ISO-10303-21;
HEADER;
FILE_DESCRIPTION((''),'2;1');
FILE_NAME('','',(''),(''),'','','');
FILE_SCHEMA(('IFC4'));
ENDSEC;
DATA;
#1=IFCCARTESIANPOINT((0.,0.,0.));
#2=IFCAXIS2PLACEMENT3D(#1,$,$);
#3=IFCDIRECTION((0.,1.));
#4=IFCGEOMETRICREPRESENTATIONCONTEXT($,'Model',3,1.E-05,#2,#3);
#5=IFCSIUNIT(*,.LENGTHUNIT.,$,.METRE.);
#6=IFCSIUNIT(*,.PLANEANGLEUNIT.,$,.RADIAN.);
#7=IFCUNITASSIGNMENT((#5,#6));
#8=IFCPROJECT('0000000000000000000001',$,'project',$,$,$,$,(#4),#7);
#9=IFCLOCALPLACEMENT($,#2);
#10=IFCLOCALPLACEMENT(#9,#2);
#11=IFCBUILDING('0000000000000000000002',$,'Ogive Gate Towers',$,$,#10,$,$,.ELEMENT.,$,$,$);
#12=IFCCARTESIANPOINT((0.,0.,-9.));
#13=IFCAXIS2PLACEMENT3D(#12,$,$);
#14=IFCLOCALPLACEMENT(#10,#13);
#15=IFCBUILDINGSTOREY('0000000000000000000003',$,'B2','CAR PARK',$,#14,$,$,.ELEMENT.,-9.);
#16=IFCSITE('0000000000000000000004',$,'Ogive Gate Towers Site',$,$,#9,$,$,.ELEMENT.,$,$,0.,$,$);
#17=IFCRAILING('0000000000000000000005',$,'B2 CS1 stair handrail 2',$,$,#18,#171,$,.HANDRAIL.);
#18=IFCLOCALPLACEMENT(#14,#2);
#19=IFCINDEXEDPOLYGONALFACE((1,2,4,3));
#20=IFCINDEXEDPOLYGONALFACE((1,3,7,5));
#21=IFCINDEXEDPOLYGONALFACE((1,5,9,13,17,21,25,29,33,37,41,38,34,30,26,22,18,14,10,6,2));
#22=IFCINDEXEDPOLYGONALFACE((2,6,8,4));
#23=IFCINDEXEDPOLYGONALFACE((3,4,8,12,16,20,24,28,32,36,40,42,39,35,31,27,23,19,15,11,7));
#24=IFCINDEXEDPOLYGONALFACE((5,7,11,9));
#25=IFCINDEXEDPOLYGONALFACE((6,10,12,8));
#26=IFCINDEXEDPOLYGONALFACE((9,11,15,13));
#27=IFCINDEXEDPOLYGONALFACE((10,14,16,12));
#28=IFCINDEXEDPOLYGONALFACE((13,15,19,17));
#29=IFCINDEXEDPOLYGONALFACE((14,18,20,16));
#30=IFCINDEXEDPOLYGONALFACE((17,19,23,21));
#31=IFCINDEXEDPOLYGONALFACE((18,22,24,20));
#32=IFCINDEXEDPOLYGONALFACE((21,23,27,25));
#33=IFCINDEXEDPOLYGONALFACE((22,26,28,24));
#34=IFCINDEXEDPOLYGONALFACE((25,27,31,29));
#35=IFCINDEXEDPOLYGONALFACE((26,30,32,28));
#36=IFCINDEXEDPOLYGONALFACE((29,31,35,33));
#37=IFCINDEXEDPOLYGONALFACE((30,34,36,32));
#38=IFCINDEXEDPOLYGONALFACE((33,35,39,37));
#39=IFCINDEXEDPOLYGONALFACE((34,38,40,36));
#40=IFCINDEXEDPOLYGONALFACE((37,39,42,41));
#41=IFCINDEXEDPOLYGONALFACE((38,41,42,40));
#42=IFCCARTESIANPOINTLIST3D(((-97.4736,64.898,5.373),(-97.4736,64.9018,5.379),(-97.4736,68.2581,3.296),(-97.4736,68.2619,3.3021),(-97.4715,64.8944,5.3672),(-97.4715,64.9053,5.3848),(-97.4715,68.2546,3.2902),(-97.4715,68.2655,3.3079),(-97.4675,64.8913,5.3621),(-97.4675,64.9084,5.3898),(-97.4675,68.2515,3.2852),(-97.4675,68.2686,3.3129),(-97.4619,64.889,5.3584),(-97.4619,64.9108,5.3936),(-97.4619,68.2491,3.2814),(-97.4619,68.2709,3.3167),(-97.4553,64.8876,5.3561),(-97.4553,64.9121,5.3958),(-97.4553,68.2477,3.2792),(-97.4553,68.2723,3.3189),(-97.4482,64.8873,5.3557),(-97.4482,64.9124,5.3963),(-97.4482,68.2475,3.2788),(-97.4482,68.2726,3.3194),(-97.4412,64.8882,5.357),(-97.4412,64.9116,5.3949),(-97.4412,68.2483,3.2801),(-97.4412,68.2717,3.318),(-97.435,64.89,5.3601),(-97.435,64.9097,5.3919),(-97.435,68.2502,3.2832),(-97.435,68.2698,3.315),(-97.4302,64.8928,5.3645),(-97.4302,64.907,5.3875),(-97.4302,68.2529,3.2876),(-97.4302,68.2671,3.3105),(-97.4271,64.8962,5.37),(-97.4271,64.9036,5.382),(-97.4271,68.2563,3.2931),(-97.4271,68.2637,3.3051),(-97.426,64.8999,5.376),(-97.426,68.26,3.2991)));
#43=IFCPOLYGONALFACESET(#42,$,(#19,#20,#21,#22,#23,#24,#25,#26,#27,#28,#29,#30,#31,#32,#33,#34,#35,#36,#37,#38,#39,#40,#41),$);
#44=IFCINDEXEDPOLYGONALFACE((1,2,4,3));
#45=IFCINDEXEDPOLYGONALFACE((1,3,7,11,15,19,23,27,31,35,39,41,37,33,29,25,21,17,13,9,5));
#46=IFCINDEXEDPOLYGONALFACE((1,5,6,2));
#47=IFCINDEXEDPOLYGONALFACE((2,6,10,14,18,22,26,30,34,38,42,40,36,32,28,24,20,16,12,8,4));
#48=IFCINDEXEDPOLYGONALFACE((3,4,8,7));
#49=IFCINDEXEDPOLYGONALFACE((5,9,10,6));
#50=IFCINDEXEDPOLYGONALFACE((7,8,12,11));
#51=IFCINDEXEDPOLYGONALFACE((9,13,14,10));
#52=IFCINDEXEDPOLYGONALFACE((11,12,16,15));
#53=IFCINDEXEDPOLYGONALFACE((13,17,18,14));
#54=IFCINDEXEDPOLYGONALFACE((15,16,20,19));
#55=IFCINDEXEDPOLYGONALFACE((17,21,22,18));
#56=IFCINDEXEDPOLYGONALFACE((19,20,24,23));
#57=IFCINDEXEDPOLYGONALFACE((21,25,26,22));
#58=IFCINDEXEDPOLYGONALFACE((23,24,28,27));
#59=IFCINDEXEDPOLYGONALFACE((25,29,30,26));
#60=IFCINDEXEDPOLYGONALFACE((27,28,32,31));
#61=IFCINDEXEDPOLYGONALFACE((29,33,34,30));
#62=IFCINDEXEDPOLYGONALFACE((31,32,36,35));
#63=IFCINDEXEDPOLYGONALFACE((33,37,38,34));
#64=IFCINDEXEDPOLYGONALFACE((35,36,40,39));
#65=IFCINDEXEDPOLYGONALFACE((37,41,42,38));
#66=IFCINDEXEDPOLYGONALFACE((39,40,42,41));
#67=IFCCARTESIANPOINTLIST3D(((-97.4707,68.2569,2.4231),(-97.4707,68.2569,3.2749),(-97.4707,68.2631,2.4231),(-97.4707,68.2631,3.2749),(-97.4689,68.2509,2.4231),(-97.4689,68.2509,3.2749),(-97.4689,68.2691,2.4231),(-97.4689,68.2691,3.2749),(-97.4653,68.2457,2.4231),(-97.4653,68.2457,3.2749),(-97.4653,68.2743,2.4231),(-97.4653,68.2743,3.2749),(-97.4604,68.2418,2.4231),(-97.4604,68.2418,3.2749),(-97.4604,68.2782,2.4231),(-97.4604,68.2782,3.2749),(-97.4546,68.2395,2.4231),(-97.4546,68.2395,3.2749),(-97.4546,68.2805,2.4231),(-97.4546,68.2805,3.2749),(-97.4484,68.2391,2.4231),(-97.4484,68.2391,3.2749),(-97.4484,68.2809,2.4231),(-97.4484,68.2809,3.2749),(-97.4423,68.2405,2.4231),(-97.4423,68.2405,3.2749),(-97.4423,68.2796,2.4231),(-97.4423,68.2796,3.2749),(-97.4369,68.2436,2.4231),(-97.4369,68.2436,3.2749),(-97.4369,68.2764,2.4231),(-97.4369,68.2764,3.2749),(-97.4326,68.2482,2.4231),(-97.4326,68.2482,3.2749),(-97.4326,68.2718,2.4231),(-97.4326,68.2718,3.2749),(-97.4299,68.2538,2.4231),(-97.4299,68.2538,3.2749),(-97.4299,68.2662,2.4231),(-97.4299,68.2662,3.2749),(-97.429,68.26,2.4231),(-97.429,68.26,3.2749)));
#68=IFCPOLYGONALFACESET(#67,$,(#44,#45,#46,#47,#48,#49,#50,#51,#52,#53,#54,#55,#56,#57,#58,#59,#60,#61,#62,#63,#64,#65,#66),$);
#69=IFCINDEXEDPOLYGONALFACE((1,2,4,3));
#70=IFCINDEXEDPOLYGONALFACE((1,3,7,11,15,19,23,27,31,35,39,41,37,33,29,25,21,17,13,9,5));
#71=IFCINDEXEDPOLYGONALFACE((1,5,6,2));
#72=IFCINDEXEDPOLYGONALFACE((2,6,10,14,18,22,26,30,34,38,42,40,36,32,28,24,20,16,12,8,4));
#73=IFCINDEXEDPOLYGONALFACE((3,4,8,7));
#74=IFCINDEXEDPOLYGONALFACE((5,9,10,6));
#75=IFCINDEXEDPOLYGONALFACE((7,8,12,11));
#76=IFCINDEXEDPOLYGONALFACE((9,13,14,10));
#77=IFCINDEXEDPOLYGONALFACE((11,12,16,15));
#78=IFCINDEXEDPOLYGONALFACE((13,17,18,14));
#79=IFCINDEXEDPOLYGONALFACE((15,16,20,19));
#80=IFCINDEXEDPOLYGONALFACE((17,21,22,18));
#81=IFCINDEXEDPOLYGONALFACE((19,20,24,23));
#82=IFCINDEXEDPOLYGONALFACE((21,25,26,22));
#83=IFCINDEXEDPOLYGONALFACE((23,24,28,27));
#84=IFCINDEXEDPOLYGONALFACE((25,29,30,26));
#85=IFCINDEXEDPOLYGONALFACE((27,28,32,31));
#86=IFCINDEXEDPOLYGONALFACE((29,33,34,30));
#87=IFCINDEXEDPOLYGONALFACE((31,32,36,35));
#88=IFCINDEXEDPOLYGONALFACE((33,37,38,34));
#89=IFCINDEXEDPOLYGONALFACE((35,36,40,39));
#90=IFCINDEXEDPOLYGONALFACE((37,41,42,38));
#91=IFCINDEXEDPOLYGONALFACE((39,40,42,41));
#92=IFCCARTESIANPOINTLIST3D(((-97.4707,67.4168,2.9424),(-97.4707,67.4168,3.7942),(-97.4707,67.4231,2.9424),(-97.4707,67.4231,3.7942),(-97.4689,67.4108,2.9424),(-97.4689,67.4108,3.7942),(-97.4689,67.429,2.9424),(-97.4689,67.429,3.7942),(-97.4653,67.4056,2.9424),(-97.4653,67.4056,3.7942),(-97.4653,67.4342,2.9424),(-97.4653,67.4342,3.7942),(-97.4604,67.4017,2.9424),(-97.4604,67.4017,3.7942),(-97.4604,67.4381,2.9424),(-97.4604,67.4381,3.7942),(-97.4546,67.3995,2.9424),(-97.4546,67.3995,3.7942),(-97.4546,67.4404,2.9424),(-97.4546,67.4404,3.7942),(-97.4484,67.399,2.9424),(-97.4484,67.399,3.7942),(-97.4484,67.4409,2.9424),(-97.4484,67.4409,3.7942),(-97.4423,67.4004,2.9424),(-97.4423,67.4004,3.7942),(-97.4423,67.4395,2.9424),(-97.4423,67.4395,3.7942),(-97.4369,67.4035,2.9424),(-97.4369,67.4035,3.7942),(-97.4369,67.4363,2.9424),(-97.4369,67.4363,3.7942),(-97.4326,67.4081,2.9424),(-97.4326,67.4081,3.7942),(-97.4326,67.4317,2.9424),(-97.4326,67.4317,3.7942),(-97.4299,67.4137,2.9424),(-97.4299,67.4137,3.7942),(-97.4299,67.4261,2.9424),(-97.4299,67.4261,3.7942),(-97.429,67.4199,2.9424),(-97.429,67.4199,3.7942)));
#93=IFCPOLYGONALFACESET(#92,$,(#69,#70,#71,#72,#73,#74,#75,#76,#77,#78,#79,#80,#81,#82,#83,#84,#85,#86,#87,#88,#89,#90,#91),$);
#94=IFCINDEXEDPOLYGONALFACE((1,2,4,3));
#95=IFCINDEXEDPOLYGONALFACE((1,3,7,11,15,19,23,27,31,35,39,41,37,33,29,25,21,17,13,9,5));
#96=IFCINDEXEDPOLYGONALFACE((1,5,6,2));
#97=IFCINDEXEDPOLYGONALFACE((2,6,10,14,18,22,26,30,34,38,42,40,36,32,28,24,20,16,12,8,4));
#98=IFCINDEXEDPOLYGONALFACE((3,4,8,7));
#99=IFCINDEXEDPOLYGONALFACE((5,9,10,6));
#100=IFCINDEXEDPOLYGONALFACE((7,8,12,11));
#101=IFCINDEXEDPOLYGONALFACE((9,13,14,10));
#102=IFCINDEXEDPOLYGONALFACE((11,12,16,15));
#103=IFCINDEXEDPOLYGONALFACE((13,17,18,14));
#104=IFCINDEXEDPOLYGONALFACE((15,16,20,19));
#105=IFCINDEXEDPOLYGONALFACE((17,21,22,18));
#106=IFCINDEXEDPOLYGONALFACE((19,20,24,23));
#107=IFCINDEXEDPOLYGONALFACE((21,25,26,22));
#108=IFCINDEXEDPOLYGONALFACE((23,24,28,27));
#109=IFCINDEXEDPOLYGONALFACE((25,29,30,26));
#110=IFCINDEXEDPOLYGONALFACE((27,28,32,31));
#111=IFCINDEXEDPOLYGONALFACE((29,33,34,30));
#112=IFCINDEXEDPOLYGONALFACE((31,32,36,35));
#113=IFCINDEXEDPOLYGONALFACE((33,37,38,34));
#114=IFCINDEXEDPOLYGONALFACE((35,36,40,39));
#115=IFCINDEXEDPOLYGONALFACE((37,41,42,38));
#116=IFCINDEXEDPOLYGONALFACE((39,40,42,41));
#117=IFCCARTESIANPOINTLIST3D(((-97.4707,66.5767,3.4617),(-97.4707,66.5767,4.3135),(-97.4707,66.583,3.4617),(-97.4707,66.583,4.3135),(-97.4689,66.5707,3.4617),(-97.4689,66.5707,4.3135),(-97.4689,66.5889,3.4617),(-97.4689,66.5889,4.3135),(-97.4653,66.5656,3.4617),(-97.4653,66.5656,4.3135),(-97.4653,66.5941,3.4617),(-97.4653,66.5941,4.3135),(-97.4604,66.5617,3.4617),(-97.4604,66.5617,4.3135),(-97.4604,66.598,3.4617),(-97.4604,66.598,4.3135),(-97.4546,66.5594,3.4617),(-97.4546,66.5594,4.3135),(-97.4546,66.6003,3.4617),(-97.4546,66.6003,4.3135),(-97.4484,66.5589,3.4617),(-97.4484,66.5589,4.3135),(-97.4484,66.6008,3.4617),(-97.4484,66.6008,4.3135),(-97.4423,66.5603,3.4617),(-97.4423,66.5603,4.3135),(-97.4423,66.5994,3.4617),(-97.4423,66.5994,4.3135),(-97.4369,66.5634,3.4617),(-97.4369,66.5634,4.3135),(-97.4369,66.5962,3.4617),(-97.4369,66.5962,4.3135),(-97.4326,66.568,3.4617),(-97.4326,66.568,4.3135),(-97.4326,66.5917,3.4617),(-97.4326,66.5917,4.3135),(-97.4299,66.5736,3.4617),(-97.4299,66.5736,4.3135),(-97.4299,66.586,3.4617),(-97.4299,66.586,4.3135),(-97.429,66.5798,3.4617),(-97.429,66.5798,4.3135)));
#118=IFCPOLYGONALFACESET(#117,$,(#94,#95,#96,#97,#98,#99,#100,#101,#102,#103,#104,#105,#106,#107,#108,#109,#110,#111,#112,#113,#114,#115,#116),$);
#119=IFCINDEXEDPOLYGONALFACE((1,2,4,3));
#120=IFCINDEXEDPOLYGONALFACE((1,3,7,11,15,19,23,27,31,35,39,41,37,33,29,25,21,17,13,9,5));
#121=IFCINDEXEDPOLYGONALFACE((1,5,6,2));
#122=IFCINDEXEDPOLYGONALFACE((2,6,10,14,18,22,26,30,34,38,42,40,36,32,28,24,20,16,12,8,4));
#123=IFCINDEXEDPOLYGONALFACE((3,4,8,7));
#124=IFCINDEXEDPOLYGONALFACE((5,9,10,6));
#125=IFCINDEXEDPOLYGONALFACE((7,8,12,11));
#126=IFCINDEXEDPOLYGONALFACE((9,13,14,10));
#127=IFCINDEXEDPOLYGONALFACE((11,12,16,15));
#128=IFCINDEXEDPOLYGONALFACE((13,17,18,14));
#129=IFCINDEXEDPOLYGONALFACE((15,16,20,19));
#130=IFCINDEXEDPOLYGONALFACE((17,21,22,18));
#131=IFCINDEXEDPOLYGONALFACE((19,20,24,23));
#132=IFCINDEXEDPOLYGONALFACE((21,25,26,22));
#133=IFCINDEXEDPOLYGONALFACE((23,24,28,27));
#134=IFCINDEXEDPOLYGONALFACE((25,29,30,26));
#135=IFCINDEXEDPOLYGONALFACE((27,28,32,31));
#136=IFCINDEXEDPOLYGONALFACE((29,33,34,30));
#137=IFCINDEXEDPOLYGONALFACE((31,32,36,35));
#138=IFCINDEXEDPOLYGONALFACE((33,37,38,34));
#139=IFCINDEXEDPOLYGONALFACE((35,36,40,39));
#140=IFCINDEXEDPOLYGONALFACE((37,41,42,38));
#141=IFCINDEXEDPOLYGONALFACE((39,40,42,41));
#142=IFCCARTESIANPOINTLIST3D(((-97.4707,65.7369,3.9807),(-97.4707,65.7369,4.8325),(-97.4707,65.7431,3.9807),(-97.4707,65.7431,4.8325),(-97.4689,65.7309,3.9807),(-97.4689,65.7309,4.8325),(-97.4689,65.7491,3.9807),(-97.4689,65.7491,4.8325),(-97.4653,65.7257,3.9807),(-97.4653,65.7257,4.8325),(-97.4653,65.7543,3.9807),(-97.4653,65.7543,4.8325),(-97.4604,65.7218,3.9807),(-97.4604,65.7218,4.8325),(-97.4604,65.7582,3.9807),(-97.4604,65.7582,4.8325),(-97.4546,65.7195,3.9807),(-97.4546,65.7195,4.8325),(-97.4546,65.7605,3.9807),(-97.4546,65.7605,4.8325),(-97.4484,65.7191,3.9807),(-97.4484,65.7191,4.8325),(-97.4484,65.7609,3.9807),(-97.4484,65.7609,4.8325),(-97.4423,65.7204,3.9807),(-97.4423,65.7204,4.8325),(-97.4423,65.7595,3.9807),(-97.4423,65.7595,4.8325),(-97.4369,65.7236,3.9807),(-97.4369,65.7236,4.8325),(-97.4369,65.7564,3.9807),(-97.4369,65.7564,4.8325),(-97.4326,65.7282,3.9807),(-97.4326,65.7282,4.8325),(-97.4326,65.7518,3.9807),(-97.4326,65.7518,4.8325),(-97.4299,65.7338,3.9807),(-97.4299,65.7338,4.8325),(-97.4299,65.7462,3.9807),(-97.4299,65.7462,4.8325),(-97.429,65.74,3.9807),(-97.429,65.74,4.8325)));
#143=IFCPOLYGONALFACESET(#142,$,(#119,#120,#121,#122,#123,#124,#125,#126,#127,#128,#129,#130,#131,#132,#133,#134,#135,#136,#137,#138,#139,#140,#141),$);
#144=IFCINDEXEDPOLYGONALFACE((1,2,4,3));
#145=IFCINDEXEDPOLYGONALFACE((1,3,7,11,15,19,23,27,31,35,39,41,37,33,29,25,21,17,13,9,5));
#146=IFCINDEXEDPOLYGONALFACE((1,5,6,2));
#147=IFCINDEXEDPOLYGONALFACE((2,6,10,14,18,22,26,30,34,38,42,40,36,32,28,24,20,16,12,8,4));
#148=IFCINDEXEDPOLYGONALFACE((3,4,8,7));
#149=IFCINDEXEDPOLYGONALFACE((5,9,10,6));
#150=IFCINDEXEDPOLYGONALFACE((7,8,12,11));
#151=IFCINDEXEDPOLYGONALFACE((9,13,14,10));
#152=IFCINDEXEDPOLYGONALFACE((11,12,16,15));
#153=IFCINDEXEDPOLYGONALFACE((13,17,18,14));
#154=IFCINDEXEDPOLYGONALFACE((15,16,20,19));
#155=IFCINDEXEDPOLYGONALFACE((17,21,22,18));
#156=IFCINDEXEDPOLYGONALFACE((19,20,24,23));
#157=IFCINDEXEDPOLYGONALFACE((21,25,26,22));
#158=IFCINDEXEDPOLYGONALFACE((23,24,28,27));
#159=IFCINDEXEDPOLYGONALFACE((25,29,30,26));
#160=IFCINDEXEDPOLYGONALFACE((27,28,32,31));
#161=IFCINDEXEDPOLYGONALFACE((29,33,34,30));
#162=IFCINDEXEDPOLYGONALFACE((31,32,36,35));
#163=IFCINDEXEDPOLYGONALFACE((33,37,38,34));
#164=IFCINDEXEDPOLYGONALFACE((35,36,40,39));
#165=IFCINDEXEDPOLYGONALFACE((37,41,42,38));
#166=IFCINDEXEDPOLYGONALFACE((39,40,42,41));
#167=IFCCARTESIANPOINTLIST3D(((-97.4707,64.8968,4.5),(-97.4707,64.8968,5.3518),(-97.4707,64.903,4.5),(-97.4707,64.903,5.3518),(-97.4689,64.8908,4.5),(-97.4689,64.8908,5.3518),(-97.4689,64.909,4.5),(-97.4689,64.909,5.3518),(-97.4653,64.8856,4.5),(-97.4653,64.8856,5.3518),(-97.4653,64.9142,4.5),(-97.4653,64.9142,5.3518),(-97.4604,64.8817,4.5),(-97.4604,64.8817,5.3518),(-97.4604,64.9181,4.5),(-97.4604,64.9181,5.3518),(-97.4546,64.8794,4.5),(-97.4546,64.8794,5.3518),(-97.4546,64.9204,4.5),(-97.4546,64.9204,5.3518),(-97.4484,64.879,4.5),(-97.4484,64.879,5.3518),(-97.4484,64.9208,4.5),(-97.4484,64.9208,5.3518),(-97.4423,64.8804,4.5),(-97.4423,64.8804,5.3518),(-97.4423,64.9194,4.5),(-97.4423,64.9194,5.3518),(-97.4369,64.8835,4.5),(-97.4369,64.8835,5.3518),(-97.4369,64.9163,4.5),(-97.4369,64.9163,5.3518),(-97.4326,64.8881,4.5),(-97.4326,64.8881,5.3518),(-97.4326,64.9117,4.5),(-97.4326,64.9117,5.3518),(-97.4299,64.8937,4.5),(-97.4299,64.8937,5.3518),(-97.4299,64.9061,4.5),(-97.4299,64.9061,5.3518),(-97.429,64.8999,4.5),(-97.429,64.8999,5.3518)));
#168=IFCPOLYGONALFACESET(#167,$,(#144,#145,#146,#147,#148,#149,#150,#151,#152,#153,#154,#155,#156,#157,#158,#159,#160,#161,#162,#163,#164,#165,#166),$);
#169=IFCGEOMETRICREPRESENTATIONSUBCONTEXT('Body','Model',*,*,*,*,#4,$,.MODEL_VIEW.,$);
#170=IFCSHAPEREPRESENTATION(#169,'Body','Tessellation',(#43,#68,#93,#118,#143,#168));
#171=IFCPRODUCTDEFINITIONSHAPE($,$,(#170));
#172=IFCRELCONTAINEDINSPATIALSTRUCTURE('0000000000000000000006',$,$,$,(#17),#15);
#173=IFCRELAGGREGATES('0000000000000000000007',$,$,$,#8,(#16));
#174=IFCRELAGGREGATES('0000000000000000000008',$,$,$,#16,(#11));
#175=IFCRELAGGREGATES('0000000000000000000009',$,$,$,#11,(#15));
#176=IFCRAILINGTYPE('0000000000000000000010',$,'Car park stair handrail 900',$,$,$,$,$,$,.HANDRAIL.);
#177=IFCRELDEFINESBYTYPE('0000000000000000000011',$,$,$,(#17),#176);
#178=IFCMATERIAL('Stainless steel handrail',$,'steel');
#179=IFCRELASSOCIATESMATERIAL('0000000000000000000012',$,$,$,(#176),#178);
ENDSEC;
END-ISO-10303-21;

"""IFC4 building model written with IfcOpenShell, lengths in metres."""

from ifc_helpers import new_model, si_unit, direction, frame, origin, origin_2d, place, context, subcontext, project, spatial, circle, extrude, material, type_object, element, save


model = new_model("IFC4")

# Units and contexts
model_context = context("Model", 3, precision=1e-05, world=origin(), true_north=direction((0.0, 1.0)))
body_context = subcontext(model_context, "Body", "Model", "MODEL_VIEW")
ifc_project = project(units=[si_unit("LENGTHUNIT", "METRE"), si_unit("PLANEANGLEUNIT", "RADIAN")], contexts=[model_context])

# Site, building, storey
site_placement = place(None, origin())
site = spatial("IfcSite", under=ifc_project, at=site_placement, Name="Ogive Gate Towers Site", CompositionType="ELEMENT", RefElevation=0.0)
building_placement = place(site_placement, origin())
building = spatial("IfcBuilding", under=site, at=building_placement, Name="Ogive Gate Towers", CompositionType="ELEMENT")
storey_placement = place(building_placement, frame((0.0, 0.0, -9.0)))
storey = spatial("IfcBuildingStorey", under=building, at=storey_placement, Name="B2", Description="CAR PARK", CompositionType="ELEMENT", Elevation=-9.0)

# Railing
ifc_material_1 = material(Name="Stainless steel handrail", Category="steel")
railing_type_1 = type_object("IfcRailingType", Name="Car park stair handrail 900", PredefinedType="HANDRAIL", material=ifc_material_1)
railing_1_placement = place(storey_placement, frame((-97.45, 68.26, 2.4231)))
element("IfcRailing", 1, at=railing_1_placement, inside=storey, type_object=railing_type_1, Name="B2 CS1 stair handrail 2", PredefinedType="HANDRAIL", context=body_context, shape_type="SweptSolid", body=[
    extrude(circle(Radius=0.0239, at=origin_2d()), frame((0.0, 0.0, 0.876), z_axis=(0.0, -0.850623, 0.525776), x_axis=(1.0, 0.0, 0.0)), (0.0, 0.0, 1.0), 3.9502),
    extrude(circle(Radius=0.021, at=origin_2d()), origin(), (0.0, 0.0, 1.0), 0.8518),
    extrude(circle(Radius=0.021, at=origin_2d()), frame((0.0, -0.8401, 0.5193)), (0.0, 0.0, 1.0), 0.8518),
    extrude(circle(Radius=0.021, at=origin_2d()), frame((0.0, -1.6802, 1.0386)), (0.0, 0.0, 1.0), 0.8518),
    extrude(circle(Radius=0.021, at=origin_2d()), frame((0.0, -2.52, 1.5576)), (0.0, 0.0, 1.0), 0.8518),
    extrude(circle(Radius=0.021, at=origin_2d()), frame((0.0, -3.3601, 2.0769)), (0.0, 0.0, 1.0), 0.8518),
])

save(model, "model.ifc")
